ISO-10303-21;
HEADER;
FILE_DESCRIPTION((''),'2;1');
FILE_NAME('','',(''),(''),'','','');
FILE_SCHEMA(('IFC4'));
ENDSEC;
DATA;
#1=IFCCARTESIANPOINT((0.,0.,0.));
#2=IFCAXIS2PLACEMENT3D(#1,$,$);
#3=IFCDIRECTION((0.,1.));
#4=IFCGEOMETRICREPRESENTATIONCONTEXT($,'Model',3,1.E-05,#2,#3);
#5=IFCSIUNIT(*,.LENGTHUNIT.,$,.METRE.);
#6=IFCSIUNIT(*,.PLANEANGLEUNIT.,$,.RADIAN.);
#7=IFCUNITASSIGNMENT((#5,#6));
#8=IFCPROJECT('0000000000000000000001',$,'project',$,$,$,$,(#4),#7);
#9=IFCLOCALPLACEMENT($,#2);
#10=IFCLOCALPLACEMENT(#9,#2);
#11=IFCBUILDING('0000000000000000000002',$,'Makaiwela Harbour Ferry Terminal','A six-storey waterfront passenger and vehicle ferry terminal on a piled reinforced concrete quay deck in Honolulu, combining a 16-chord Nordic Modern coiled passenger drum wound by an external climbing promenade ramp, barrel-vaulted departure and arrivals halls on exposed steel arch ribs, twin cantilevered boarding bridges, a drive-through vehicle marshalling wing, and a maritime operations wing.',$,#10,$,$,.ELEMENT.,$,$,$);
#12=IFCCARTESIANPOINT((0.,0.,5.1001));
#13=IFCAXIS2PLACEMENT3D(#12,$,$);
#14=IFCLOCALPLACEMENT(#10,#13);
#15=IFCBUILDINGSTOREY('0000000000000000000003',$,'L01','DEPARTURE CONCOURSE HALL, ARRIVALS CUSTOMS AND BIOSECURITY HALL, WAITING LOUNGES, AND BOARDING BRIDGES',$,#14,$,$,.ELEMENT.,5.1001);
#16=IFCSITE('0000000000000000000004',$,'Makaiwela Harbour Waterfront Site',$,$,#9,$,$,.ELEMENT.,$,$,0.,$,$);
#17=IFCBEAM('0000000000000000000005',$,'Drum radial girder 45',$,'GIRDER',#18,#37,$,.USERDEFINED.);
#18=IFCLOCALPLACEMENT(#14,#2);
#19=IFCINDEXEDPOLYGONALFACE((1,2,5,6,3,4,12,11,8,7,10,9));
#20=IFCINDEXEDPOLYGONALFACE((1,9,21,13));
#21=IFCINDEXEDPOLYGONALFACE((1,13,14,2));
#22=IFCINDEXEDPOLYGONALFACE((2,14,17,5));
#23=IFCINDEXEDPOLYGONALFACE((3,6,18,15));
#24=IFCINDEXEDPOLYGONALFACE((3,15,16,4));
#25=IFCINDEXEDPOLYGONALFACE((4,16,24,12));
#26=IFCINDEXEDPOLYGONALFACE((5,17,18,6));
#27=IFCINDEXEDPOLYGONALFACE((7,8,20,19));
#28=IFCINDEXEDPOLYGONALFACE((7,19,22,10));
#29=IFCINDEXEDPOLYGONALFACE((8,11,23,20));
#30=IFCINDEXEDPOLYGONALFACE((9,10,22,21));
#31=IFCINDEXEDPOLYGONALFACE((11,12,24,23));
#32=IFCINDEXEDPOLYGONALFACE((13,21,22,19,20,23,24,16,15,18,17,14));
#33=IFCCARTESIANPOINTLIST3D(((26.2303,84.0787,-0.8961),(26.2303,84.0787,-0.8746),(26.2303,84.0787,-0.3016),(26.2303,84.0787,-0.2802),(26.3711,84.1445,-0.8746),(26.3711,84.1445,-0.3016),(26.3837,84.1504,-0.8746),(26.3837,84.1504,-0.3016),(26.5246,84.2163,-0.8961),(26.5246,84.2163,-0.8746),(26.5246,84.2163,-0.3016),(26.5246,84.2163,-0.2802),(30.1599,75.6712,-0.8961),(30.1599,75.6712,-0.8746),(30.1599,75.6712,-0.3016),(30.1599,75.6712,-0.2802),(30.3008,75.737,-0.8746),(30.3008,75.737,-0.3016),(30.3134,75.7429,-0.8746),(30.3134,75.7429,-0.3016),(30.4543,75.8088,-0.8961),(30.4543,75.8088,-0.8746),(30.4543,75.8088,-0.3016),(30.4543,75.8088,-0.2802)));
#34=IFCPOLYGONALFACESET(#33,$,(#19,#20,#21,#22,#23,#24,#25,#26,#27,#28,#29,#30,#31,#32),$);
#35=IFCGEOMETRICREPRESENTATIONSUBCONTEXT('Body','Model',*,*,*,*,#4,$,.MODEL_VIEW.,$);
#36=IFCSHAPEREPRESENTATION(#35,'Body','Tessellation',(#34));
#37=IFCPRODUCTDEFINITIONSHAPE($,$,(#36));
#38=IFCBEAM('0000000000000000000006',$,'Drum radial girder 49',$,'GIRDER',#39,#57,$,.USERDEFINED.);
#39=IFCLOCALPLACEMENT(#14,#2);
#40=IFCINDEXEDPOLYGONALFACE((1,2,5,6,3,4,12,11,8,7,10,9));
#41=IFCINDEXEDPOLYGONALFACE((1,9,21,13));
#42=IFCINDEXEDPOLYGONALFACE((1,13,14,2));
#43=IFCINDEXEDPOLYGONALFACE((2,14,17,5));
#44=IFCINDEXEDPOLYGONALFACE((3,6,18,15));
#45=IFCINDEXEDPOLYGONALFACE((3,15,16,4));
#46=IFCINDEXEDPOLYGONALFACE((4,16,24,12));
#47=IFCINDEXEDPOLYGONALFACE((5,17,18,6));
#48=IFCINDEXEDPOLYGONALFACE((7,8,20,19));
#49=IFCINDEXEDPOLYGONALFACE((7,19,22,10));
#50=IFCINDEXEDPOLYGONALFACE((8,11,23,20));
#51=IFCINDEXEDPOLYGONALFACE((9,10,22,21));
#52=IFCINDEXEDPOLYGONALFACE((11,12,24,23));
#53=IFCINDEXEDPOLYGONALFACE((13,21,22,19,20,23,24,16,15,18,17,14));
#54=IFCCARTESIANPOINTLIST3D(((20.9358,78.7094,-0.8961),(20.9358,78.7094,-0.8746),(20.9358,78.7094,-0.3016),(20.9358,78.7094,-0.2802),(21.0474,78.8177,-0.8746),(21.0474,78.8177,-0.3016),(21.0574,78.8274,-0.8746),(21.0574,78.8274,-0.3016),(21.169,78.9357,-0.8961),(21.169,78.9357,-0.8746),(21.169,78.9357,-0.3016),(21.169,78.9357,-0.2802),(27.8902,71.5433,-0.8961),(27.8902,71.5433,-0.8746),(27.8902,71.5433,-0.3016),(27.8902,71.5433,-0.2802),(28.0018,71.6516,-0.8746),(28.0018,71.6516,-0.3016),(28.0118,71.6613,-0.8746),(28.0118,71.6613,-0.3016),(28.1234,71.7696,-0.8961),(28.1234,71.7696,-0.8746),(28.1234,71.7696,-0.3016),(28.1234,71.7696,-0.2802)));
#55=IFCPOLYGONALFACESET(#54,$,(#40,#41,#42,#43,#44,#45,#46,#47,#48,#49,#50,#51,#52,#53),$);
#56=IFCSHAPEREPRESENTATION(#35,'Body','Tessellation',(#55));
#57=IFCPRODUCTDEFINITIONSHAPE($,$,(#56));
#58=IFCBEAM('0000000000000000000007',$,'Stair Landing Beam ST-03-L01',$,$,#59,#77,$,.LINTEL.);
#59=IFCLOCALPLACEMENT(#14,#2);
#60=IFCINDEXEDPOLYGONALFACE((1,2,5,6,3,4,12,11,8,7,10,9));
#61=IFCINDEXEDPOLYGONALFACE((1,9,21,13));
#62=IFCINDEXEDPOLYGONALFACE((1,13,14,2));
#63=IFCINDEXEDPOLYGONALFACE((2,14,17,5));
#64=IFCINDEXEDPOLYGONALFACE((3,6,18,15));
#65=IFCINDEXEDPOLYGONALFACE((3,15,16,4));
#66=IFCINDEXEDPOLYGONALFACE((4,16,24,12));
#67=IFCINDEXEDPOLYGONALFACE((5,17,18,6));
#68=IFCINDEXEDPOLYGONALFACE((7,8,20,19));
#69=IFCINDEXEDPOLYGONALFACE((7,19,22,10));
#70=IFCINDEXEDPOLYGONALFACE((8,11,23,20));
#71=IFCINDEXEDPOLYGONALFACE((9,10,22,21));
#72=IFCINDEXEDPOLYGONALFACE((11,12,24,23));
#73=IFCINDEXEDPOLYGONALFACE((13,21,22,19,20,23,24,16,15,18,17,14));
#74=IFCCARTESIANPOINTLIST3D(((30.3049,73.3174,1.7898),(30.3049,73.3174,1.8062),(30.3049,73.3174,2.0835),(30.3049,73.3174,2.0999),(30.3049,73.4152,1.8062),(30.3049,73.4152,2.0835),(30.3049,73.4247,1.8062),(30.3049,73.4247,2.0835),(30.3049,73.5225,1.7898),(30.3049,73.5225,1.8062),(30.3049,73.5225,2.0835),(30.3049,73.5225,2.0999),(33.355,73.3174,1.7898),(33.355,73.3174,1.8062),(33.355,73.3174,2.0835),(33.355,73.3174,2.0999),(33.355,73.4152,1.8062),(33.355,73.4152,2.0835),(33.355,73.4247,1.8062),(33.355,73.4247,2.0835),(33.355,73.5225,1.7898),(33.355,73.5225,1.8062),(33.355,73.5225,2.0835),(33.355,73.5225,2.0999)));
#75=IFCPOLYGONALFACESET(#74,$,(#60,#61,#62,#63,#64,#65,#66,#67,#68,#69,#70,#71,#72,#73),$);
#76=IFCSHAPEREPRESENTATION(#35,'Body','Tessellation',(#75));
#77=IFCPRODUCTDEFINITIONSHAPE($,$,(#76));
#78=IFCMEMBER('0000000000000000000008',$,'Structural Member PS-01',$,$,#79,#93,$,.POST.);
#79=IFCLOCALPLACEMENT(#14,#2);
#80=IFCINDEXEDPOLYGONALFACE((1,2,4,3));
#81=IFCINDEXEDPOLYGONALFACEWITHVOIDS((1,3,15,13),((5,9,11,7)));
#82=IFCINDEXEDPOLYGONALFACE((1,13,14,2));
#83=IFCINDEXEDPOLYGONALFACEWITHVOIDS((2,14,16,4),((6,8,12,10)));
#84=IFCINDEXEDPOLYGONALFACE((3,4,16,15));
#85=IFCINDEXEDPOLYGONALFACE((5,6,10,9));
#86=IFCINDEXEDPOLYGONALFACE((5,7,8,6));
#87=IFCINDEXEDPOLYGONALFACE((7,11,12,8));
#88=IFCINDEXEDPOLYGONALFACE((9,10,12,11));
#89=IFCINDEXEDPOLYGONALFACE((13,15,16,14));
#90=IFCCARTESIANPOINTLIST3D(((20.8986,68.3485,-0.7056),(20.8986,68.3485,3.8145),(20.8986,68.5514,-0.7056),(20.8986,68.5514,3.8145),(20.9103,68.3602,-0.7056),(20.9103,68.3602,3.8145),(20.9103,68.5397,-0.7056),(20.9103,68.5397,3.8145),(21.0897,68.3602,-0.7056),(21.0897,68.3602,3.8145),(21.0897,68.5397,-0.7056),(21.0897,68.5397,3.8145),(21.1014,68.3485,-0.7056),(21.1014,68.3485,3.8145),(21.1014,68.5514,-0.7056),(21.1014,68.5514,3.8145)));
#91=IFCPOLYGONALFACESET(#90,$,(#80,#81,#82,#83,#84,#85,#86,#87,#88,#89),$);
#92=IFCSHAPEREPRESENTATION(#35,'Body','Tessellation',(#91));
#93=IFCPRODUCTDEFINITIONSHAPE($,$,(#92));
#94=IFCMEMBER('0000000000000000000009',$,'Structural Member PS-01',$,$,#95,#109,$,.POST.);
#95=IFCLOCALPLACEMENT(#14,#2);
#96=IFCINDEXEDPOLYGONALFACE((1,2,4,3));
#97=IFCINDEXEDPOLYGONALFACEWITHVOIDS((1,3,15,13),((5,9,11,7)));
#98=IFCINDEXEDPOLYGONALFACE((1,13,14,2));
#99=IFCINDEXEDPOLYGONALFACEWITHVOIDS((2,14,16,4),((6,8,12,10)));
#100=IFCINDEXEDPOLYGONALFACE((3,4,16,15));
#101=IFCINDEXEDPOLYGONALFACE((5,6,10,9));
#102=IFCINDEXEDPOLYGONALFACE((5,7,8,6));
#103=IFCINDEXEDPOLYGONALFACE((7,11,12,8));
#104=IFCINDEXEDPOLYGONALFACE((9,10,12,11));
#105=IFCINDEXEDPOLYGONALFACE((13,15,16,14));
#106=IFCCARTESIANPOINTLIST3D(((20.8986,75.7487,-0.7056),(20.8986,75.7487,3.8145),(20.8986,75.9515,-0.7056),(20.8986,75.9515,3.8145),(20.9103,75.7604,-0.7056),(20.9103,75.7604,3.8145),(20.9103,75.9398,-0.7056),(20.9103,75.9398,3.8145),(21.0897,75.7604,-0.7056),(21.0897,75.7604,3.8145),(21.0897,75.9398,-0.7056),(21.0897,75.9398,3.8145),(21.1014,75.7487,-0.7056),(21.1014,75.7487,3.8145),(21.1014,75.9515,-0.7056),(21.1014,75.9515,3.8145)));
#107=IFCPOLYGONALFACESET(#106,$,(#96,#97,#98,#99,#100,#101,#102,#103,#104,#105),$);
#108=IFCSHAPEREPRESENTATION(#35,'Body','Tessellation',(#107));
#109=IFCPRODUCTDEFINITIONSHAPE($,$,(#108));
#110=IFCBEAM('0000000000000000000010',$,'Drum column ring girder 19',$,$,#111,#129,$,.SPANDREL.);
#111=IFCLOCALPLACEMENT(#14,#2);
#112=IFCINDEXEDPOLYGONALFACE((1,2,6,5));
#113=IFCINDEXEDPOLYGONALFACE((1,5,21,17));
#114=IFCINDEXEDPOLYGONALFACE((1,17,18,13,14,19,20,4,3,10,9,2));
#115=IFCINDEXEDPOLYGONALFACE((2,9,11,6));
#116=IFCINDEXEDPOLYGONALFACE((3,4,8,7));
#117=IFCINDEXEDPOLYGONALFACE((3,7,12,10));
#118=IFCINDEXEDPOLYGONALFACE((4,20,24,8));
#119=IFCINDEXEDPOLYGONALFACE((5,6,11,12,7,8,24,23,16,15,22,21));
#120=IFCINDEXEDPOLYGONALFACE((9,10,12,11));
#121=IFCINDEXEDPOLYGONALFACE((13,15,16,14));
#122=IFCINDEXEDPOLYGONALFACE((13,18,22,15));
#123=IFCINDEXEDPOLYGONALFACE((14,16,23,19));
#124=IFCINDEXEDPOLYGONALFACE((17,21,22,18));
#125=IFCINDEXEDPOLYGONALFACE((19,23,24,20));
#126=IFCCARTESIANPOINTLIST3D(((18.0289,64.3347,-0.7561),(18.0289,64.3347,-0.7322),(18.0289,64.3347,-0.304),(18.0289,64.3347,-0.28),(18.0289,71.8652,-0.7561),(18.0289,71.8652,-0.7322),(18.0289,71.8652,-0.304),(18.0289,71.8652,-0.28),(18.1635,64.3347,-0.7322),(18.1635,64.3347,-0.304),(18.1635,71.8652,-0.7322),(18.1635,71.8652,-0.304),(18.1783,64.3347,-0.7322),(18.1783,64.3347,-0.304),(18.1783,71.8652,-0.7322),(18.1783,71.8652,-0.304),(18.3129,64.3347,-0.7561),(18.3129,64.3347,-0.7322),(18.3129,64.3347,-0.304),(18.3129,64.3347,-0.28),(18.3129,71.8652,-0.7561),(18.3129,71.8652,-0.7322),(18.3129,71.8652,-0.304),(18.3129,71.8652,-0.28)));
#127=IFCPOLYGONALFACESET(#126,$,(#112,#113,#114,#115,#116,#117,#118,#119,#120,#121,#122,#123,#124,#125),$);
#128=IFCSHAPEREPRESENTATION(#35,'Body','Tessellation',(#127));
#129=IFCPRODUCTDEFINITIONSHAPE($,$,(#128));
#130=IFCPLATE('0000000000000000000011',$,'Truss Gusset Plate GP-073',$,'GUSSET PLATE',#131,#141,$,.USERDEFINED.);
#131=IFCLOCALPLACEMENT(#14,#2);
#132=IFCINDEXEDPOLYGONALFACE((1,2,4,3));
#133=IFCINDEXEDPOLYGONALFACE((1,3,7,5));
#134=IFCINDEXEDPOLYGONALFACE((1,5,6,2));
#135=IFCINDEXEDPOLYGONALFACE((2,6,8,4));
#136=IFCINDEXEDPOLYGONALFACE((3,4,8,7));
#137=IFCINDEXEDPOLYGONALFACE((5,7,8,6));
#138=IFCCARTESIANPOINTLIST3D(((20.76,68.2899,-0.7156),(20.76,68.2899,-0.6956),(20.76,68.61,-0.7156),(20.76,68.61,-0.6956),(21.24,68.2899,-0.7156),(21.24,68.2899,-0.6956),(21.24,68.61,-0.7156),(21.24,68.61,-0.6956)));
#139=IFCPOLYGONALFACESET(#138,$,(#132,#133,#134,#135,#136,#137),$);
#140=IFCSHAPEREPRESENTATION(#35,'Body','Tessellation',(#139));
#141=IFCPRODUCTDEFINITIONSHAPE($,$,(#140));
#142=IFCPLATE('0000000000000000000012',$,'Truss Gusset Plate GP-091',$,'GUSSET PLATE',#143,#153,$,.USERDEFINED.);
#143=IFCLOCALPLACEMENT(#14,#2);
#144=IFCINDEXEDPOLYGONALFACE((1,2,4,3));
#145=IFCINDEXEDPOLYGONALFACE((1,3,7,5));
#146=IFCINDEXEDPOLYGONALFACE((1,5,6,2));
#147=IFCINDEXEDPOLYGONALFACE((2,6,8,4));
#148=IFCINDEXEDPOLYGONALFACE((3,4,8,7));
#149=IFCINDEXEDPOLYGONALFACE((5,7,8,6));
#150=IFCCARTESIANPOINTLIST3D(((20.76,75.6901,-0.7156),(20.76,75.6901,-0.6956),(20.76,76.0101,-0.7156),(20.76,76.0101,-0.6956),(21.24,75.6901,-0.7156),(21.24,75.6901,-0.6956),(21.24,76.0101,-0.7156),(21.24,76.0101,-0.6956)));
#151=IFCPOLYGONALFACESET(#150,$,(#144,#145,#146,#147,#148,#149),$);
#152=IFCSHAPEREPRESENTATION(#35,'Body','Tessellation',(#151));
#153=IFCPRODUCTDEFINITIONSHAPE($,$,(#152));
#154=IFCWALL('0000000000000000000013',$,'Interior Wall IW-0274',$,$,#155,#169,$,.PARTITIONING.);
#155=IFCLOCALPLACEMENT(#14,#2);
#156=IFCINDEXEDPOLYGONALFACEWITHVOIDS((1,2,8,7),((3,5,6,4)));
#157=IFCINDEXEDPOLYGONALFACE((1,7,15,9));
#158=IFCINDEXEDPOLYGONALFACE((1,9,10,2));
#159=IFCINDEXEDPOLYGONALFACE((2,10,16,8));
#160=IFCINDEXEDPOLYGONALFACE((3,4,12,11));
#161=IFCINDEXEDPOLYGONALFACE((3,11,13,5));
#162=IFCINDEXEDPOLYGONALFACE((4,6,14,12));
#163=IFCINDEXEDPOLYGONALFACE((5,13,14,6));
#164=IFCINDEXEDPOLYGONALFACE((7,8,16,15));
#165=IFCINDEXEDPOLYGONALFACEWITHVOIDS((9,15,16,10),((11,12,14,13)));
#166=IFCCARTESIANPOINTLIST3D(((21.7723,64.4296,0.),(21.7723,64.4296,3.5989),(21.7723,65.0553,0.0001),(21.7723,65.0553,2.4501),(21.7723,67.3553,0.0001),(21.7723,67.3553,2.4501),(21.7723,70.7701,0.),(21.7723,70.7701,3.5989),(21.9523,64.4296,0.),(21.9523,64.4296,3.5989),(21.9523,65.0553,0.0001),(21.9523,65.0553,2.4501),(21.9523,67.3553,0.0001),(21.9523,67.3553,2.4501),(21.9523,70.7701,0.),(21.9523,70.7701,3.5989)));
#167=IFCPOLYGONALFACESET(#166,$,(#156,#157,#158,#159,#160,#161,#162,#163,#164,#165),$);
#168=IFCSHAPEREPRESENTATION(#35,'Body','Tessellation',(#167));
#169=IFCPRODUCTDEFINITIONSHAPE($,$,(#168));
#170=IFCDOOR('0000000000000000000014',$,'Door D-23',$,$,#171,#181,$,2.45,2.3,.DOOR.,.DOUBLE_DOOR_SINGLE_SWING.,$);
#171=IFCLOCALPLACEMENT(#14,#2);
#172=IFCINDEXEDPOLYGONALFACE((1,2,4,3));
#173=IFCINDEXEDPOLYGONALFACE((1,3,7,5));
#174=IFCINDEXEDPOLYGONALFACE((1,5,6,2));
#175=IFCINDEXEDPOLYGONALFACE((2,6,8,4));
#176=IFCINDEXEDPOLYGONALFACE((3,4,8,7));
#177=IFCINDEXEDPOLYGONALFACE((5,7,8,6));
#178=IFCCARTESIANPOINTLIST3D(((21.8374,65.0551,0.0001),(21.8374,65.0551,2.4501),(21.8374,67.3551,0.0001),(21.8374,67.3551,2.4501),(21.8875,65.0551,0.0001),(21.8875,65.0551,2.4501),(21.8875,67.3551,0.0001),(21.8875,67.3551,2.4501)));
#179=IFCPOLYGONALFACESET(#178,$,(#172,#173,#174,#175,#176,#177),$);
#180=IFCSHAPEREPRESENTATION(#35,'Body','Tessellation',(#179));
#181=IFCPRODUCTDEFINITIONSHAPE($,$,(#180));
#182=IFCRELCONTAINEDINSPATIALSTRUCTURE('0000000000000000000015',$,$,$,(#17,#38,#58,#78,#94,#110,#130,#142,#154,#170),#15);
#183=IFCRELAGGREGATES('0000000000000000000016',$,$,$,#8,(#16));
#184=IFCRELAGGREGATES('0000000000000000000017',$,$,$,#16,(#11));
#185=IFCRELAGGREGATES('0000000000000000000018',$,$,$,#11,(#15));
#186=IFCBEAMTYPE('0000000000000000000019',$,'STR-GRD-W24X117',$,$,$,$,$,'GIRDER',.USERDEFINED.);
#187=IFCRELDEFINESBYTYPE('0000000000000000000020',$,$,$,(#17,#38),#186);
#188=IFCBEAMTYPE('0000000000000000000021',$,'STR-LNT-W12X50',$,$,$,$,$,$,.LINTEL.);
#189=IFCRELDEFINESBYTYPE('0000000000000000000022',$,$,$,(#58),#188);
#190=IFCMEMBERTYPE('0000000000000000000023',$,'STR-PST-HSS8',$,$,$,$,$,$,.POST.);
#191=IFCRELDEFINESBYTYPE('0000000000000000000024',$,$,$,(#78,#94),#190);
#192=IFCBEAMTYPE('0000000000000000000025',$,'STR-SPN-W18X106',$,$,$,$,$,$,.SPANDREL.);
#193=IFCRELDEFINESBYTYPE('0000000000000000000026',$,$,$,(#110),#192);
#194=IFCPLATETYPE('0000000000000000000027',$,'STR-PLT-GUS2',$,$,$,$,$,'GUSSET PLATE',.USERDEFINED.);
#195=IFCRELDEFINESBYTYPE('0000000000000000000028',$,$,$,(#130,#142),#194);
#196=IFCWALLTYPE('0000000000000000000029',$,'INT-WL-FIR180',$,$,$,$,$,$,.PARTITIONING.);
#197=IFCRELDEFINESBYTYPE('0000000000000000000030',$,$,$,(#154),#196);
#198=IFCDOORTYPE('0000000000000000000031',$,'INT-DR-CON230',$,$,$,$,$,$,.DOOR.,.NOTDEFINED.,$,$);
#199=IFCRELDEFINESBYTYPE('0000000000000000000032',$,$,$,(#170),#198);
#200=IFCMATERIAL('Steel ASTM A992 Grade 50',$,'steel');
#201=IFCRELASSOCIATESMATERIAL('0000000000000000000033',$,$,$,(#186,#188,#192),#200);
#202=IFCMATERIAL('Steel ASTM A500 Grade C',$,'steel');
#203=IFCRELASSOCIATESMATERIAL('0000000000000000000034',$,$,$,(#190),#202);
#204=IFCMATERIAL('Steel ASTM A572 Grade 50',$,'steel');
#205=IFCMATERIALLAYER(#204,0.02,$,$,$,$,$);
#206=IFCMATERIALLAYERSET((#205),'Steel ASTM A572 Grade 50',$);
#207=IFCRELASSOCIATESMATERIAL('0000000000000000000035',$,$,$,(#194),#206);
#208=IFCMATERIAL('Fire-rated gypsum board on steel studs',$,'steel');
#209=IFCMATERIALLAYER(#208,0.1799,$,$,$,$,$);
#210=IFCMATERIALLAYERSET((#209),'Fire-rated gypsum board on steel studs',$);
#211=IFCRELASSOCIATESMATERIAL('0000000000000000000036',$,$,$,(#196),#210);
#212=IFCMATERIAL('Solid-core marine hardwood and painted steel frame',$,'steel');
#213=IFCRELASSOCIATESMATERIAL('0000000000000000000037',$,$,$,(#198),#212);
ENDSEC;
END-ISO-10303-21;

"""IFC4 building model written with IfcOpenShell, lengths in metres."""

from ifc_helpers import new_model, si_unit, direction, frame, frame_2d, origin, origin_2d, place, context, subcontext, project, spatial, rectangle, hollow_rectangle, i_section, extrude, material, layer, layer_set, material_profile, profile_set, type_object, element, fill, save


model = new_model("IFC4")

# Units and contexts
model_context = context("Model", 3, precision=1e-05, world=origin(), true_north=direction((0.0, 1.0)))
body_context = subcontext(model_context, "Body", "Model", "MODEL_VIEW")
ifc_project = project(units=[si_unit("LENGTHUNIT", "METRE"), si_unit("PLANEANGLEUNIT", "RADIAN")], contexts=[model_context])

# Site, building, storey
site_placement = place(None, origin())
site = spatial("IfcSite", under=ifc_project, at=site_placement, Name="Makaiwela Harbour Waterfront Site", CompositionType="ELEMENT", RefElevation=0.0)
building_placement = place(site_placement, origin())
building = spatial("IfcBuilding", under=site, at=building_placement, Name="Makaiwela Harbour Ferry Terminal", Description="A six-storey waterfront passenger and vehicle ferry terminal on a piled reinforced concrete quay deck in Honolulu, combining a 16-chord Nordic Modern coiled passenger drum wound by an external climbing promenade ramp, barrel-vaulted departure and arrivals halls on exposed steel arch ribs, twin cantilevered boarding bridges, a drive-through vehicle marshalling wing, and a maritime operations wing.", CompositionType="ELEMENT")
storey_placement = place(building_placement, frame((0.0, 0.0, 5.1001)))
storey = spatial("IfcBuildingStorey", under=building, at=storey_placement, Name="L01", Description="DEPARTURE CONCOURSE HALL, ARRIVALS CUSTOMS AND BIOSECURITY HALL, WAITING LOUNGES, AND BOARDING BRIDGES", CompositionType="ELEMENT", Elevation=5.1001)

# Shared definitions
ifc_material_1 = material(Name="Steel ASTM A992 Grade 50", Category="steel")

# Shared definitions
ifc_material_2 = material(Name="Steel ASTM A500 Grade C", Category="steel")

# Beams
ifc_material_profile_1 = material_profile(ifc_material_1, i_section(OverallWidth=0.325, OverallDepth=0.616, WebThickness=0.0139, FlangeThickness=0.0215, at=origin_2d()), Name="W24X117")
ifc_profile_set_1 = profile_set([ifc_material_profile_1], Name="Steel ASTM A992 Grade 50")
beam_type_1 = type_object("IfcBeamType", Name="STR-GRD-W24X117", ElementType="GIRDER", PredefinedType="USERDEFINED", material=ifc_profile_set_1)
beam_1_placement = place(storey_placement, frame((30.3071, 75.74, -0.5881), z_axis=(-0.423434, 0.905927, 0.0), x_axis=(-0.905927, -0.423434, 0.0)))
element("IfcBeam", 1, at=beam_1_placement, inside=storey, type_object=beam_type_1, Name="Drum radial girder 45", ObjectType="GIRDER", PredefinedType="USERDEFINED", context=body_context, shape_type="SweptSolid", body=[
    extrude(i_section(OverallWidth=0.325, OverallDepth=0.616, WebThickness=0.0139, FlangeThickness=0.0215, at=origin_2d()), origin(), (0.0, 0.0, 1.0), 9.2805),
])
beam_2_placement = place(storey_placement, frame((28.0068, 71.6565, -0.5881), z_axis=(-0.696429, 0.717626, 0.0), x_axis=(-0.717626, -0.696429, 0.0)))
element("IfcBeam", 2, at=beam_2_placement, inside=storey, type_object=beam_type_1, Name="Drum radial girder 49", ObjectType="GIRDER", PredefinedType="USERDEFINED", context=body_context, shape_type="SweptSolid", body=[
    extrude(i_section(OverallWidth=0.325, OverallDepth=0.616, WebThickness=0.0139, FlangeThickness=0.0215, at=origin_2d()), origin(), (0.0, 0.0, 1.0), 9.9858),
])
ifc_material_profile_2 = material_profile(ifc_material_1, i_section(OverallWidth=0.2051, OverallDepth=0.3101, WebThickness=0.0095, FlangeThickness=0.0164, at=origin_2d()), Name="W12X50")
ifc_profile_set_2 = profile_set([ifc_material_profile_2], Name="Steel ASTM A992 Grade 50")
beam_type_2 = type_object("IfcBeamType", Name="STR-LNT-W12X50", PredefinedType="LINTEL", material=ifc_profile_set_2)
beam_3_placement = place(storey_placement, frame((30.3049, 73.4199, 1.9448), z_axis=(1.0, 0.0, 0.0), x_axis=(0.0, 1.0, 0.0)))
element("IfcBeam", 3, at=beam_3_placement, inside=storey, type_object=beam_type_2, Name="Stair Landing Beam ST-03-L01", PredefinedType="LINTEL", context=body_context, shape_type="SweptSolid", body=[
    extrude(i_section(OverallWidth=0.2051, OverallDepth=0.3101, WebThickness=0.0095, FlangeThickness=0.0164, at=origin_2d()), origin(), (0.0, 0.0, 1.0), 3.05),
])

# Members
ifc_material_profile_3 = material_profile(ifc_material_2, hollow_rectangle(XDim=0.2029, YDim=0.2029, WallThickness=0.0117, at=origin_2d()), Name="HSS8X8X1/2")
ifc_profile_set_3 = profile_set([ifc_material_profile_3], Name="Steel ASTM A500 Grade C")
member_type_1 = type_object("IfcMemberType", Name="STR-PST-HSS8", PredefinedType="POST", material=ifc_profile_set_3)
for number, where, z_axis, x_axis, name in (
    (4, (21.0, 68.45, -0.7056), (0.0, 0.0, 1.0), (1.0, 0.0, 0.0), "Structural Member PS-01"),
    (5, (21.0, 75.8501, -0.7056), (0.0, 0.0, 1.0), (1.0, 0.0, 0.0), "Structural Member PS-01"),
):
    element("IfcMember", number, at=place(storey_placement, frame(where, z_axis=z_axis, x_axis=x_axis)), inside=storey, type_object=member_type_1, Name=name, PredefinedType="POST", context=body_context, shape_type="SweptSolid", body=[
        extrude(hollow_rectangle(XDim=0.2029, YDim=0.2029, WallThickness=0.0117, at=origin_2d()), origin(), (0.0, 0.0, 1.0), 4.52),
    ])

# Beam
ifc_material_profile_4 = material_profile(ifc_material_1, i_section(OverallWidth=0.2839, OverallDepth=0.4761, WebThickness=0.0149, FlangeThickness=0.0239, at=origin_2d()), Name="W18X106")
ifc_profile_set_4 = profile_set([ifc_material_profile_4], Name="Steel ASTM A992 Grade 50")
beam_type_3 = type_object("IfcBeamType", Name="STR-SPN-W18X106", PredefinedType="SPANDREL", material=ifc_profile_set_4)
beam_4_placement = place(storey_placement, frame((18.1709, 71.8652, -0.5181), z_axis=(0.0, -1.0, 0.0), x_axis=(1.0, 0.0, 0.0)))
element("IfcBeam", 6, at=beam_4_placement, inside=storey, type_object=beam_type_3, Name="Drum column ring girder 19", PredefinedType="SPANDREL", context=body_context, shape_type="SweptSolid", body=[
    extrude(i_section(OverallWidth=0.2839, OverallDepth=0.4761, WebThickness=0.0149, FlangeThickness=0.0239, at=origin_2d()), origin(), (0.0, 0.0, 1.0), 7.5305),
])

# Plates
ifc_material_3 = material(Name="Steel ASTM A572 Grade 50", Category="steel")
ifc_layer_1 = layer(ifc_material_3, 0.02)
ifc_layer_set_1 = layer_set([ifc_layer_1], Name="Steel ASTM A572 Grade 50")
plate_type = type_object("IfcPlateType", Name="STR-PLT-GUS2", ElementType="GUSSET PLATE", PredefinedType="USERDEFINED", material=ifc_layer_set_1)
for number, where, z_axis, x_axis, name in (
    (7, (21.0, 68.45, -0.7156), (0.0, 0.0, 1.0), (1.0, 0.0, 0.0), "Truss Gusset Plate GP-073"),
    (8, (21.0, 75.8501, -0.7156), (0.0, 0.0, 1.0), (1.0, 0.0, 0.0), "Truss Gusset Plate GP-091"),
):
    element("IfcPlate", number, at=place(storey_placement, frame(where, z_axis=z_axis, x_axis=x_axis)), inside=storey, type_object=plate_type, Name=name, ObjectType="GUSSET PLATE", PredefinedType="USERDEFINED", context=body_context, shape_type="SweptSolid", body=[
        extrude(rectangle(XDim=0.48, YDim=0.3201, at=origin_2d()), origin(), (0.0, 0.0, 1.0), 0.02),
    ])

# Wall, opening, door
ifc_material_4 = material(Name="Fire-rated gypsum board on steel studs", Category="steel")
ifc_layer_2 = layer(ifc_material_4, 0.1799)
ifc_layer_set_2 = layer_set([ifc_layer_2], Name="Fire-rated gypsum board on steel studs")
wall_type_1 = type_object("IfcWallType", Name="INT-WL-FIR180", PredefinedType="PARTITIONING", material=ifc_layer_set_2)
wall_1_placement = place(storey_placement, frame((21.8623, 70.7703, 0.0), z_axis=(0.0, 0.0, 1.0), x_axis=(0.0, -1.0, 0.0)))
wall_1 = element("IfcWall", 9, at=wall_1_placement, inside=storey, type_object=wall_type_1, Name="Interior Wall IW-0274", PredefinedType="PARTITIONING", context=body_context, shape_type="SweptSolid", body=[
    extrude(rectangle(XDim=6.3406, YDim=0.1799, at=frame_2d((3.1704, 0.0))), origin(), (0.0, 0.0, 1.0), 3.5989),
])
opening_placement = place(wall_1_placement, frame((3.415, 0.0, 0.0)))
opening = element("IfcOpeningElement", 10, at=opening_placement, cuts=wall_1, PredefinedType="OPENING", context=body_context, shape_type="SweptSolid", body=[
    extrude(rectangle(XDim=2.3, YDim=2.45, at=frame_2d((1.1499, 1.2251))), frame((0.0, 0.0999, 0.0), z_axis=(0.0, -1.0, 0.0), x_axis=(1.0, 0.0, 0.0)), (0.0, 0.0, 1.0), 0.2),
])
ifc_material_5 = material(Name="Solid-core marine hardwood and painted steel frame", Category="steel")
door_type = type_object("IfcDoorType", Name="INT-DR-CON230", OperationType="NOTDEFINED", PredefinedType="DOOR", material=ifc_material_5)
door_placement = place(opening_placement, frame((2.3, 0.0, 0.0), z_axis=(0.0, 0.0, 1.0), x_axis=(-1.0, 0.0, 0.0)))
door = element("IfcDoor", 11, at=door_placement, inside=storey, type_object=door_type, Name="Door D-23", OperationType="DOUBLE_DOOR_SINGLE_SWING", OverallHeight=2.45, OverallWidth=2.3, PredefinedType="DOOR", context=body_context, shape_type="SweptSolid", body=[
    extrude(rectangle(XDim=2.3, YDim=2.45, at=frame_2d((1.1499, 1.2251))), frame((0.0, 0.0249, 0.0), z_axis=(0.0, -1.0, 0.0), x_axis=(1.0, 0.0, 0.0)), (0.0, 0.0, 1.0), 0.05),
])
fill(opening, door)

save(model, "model.ifc")
